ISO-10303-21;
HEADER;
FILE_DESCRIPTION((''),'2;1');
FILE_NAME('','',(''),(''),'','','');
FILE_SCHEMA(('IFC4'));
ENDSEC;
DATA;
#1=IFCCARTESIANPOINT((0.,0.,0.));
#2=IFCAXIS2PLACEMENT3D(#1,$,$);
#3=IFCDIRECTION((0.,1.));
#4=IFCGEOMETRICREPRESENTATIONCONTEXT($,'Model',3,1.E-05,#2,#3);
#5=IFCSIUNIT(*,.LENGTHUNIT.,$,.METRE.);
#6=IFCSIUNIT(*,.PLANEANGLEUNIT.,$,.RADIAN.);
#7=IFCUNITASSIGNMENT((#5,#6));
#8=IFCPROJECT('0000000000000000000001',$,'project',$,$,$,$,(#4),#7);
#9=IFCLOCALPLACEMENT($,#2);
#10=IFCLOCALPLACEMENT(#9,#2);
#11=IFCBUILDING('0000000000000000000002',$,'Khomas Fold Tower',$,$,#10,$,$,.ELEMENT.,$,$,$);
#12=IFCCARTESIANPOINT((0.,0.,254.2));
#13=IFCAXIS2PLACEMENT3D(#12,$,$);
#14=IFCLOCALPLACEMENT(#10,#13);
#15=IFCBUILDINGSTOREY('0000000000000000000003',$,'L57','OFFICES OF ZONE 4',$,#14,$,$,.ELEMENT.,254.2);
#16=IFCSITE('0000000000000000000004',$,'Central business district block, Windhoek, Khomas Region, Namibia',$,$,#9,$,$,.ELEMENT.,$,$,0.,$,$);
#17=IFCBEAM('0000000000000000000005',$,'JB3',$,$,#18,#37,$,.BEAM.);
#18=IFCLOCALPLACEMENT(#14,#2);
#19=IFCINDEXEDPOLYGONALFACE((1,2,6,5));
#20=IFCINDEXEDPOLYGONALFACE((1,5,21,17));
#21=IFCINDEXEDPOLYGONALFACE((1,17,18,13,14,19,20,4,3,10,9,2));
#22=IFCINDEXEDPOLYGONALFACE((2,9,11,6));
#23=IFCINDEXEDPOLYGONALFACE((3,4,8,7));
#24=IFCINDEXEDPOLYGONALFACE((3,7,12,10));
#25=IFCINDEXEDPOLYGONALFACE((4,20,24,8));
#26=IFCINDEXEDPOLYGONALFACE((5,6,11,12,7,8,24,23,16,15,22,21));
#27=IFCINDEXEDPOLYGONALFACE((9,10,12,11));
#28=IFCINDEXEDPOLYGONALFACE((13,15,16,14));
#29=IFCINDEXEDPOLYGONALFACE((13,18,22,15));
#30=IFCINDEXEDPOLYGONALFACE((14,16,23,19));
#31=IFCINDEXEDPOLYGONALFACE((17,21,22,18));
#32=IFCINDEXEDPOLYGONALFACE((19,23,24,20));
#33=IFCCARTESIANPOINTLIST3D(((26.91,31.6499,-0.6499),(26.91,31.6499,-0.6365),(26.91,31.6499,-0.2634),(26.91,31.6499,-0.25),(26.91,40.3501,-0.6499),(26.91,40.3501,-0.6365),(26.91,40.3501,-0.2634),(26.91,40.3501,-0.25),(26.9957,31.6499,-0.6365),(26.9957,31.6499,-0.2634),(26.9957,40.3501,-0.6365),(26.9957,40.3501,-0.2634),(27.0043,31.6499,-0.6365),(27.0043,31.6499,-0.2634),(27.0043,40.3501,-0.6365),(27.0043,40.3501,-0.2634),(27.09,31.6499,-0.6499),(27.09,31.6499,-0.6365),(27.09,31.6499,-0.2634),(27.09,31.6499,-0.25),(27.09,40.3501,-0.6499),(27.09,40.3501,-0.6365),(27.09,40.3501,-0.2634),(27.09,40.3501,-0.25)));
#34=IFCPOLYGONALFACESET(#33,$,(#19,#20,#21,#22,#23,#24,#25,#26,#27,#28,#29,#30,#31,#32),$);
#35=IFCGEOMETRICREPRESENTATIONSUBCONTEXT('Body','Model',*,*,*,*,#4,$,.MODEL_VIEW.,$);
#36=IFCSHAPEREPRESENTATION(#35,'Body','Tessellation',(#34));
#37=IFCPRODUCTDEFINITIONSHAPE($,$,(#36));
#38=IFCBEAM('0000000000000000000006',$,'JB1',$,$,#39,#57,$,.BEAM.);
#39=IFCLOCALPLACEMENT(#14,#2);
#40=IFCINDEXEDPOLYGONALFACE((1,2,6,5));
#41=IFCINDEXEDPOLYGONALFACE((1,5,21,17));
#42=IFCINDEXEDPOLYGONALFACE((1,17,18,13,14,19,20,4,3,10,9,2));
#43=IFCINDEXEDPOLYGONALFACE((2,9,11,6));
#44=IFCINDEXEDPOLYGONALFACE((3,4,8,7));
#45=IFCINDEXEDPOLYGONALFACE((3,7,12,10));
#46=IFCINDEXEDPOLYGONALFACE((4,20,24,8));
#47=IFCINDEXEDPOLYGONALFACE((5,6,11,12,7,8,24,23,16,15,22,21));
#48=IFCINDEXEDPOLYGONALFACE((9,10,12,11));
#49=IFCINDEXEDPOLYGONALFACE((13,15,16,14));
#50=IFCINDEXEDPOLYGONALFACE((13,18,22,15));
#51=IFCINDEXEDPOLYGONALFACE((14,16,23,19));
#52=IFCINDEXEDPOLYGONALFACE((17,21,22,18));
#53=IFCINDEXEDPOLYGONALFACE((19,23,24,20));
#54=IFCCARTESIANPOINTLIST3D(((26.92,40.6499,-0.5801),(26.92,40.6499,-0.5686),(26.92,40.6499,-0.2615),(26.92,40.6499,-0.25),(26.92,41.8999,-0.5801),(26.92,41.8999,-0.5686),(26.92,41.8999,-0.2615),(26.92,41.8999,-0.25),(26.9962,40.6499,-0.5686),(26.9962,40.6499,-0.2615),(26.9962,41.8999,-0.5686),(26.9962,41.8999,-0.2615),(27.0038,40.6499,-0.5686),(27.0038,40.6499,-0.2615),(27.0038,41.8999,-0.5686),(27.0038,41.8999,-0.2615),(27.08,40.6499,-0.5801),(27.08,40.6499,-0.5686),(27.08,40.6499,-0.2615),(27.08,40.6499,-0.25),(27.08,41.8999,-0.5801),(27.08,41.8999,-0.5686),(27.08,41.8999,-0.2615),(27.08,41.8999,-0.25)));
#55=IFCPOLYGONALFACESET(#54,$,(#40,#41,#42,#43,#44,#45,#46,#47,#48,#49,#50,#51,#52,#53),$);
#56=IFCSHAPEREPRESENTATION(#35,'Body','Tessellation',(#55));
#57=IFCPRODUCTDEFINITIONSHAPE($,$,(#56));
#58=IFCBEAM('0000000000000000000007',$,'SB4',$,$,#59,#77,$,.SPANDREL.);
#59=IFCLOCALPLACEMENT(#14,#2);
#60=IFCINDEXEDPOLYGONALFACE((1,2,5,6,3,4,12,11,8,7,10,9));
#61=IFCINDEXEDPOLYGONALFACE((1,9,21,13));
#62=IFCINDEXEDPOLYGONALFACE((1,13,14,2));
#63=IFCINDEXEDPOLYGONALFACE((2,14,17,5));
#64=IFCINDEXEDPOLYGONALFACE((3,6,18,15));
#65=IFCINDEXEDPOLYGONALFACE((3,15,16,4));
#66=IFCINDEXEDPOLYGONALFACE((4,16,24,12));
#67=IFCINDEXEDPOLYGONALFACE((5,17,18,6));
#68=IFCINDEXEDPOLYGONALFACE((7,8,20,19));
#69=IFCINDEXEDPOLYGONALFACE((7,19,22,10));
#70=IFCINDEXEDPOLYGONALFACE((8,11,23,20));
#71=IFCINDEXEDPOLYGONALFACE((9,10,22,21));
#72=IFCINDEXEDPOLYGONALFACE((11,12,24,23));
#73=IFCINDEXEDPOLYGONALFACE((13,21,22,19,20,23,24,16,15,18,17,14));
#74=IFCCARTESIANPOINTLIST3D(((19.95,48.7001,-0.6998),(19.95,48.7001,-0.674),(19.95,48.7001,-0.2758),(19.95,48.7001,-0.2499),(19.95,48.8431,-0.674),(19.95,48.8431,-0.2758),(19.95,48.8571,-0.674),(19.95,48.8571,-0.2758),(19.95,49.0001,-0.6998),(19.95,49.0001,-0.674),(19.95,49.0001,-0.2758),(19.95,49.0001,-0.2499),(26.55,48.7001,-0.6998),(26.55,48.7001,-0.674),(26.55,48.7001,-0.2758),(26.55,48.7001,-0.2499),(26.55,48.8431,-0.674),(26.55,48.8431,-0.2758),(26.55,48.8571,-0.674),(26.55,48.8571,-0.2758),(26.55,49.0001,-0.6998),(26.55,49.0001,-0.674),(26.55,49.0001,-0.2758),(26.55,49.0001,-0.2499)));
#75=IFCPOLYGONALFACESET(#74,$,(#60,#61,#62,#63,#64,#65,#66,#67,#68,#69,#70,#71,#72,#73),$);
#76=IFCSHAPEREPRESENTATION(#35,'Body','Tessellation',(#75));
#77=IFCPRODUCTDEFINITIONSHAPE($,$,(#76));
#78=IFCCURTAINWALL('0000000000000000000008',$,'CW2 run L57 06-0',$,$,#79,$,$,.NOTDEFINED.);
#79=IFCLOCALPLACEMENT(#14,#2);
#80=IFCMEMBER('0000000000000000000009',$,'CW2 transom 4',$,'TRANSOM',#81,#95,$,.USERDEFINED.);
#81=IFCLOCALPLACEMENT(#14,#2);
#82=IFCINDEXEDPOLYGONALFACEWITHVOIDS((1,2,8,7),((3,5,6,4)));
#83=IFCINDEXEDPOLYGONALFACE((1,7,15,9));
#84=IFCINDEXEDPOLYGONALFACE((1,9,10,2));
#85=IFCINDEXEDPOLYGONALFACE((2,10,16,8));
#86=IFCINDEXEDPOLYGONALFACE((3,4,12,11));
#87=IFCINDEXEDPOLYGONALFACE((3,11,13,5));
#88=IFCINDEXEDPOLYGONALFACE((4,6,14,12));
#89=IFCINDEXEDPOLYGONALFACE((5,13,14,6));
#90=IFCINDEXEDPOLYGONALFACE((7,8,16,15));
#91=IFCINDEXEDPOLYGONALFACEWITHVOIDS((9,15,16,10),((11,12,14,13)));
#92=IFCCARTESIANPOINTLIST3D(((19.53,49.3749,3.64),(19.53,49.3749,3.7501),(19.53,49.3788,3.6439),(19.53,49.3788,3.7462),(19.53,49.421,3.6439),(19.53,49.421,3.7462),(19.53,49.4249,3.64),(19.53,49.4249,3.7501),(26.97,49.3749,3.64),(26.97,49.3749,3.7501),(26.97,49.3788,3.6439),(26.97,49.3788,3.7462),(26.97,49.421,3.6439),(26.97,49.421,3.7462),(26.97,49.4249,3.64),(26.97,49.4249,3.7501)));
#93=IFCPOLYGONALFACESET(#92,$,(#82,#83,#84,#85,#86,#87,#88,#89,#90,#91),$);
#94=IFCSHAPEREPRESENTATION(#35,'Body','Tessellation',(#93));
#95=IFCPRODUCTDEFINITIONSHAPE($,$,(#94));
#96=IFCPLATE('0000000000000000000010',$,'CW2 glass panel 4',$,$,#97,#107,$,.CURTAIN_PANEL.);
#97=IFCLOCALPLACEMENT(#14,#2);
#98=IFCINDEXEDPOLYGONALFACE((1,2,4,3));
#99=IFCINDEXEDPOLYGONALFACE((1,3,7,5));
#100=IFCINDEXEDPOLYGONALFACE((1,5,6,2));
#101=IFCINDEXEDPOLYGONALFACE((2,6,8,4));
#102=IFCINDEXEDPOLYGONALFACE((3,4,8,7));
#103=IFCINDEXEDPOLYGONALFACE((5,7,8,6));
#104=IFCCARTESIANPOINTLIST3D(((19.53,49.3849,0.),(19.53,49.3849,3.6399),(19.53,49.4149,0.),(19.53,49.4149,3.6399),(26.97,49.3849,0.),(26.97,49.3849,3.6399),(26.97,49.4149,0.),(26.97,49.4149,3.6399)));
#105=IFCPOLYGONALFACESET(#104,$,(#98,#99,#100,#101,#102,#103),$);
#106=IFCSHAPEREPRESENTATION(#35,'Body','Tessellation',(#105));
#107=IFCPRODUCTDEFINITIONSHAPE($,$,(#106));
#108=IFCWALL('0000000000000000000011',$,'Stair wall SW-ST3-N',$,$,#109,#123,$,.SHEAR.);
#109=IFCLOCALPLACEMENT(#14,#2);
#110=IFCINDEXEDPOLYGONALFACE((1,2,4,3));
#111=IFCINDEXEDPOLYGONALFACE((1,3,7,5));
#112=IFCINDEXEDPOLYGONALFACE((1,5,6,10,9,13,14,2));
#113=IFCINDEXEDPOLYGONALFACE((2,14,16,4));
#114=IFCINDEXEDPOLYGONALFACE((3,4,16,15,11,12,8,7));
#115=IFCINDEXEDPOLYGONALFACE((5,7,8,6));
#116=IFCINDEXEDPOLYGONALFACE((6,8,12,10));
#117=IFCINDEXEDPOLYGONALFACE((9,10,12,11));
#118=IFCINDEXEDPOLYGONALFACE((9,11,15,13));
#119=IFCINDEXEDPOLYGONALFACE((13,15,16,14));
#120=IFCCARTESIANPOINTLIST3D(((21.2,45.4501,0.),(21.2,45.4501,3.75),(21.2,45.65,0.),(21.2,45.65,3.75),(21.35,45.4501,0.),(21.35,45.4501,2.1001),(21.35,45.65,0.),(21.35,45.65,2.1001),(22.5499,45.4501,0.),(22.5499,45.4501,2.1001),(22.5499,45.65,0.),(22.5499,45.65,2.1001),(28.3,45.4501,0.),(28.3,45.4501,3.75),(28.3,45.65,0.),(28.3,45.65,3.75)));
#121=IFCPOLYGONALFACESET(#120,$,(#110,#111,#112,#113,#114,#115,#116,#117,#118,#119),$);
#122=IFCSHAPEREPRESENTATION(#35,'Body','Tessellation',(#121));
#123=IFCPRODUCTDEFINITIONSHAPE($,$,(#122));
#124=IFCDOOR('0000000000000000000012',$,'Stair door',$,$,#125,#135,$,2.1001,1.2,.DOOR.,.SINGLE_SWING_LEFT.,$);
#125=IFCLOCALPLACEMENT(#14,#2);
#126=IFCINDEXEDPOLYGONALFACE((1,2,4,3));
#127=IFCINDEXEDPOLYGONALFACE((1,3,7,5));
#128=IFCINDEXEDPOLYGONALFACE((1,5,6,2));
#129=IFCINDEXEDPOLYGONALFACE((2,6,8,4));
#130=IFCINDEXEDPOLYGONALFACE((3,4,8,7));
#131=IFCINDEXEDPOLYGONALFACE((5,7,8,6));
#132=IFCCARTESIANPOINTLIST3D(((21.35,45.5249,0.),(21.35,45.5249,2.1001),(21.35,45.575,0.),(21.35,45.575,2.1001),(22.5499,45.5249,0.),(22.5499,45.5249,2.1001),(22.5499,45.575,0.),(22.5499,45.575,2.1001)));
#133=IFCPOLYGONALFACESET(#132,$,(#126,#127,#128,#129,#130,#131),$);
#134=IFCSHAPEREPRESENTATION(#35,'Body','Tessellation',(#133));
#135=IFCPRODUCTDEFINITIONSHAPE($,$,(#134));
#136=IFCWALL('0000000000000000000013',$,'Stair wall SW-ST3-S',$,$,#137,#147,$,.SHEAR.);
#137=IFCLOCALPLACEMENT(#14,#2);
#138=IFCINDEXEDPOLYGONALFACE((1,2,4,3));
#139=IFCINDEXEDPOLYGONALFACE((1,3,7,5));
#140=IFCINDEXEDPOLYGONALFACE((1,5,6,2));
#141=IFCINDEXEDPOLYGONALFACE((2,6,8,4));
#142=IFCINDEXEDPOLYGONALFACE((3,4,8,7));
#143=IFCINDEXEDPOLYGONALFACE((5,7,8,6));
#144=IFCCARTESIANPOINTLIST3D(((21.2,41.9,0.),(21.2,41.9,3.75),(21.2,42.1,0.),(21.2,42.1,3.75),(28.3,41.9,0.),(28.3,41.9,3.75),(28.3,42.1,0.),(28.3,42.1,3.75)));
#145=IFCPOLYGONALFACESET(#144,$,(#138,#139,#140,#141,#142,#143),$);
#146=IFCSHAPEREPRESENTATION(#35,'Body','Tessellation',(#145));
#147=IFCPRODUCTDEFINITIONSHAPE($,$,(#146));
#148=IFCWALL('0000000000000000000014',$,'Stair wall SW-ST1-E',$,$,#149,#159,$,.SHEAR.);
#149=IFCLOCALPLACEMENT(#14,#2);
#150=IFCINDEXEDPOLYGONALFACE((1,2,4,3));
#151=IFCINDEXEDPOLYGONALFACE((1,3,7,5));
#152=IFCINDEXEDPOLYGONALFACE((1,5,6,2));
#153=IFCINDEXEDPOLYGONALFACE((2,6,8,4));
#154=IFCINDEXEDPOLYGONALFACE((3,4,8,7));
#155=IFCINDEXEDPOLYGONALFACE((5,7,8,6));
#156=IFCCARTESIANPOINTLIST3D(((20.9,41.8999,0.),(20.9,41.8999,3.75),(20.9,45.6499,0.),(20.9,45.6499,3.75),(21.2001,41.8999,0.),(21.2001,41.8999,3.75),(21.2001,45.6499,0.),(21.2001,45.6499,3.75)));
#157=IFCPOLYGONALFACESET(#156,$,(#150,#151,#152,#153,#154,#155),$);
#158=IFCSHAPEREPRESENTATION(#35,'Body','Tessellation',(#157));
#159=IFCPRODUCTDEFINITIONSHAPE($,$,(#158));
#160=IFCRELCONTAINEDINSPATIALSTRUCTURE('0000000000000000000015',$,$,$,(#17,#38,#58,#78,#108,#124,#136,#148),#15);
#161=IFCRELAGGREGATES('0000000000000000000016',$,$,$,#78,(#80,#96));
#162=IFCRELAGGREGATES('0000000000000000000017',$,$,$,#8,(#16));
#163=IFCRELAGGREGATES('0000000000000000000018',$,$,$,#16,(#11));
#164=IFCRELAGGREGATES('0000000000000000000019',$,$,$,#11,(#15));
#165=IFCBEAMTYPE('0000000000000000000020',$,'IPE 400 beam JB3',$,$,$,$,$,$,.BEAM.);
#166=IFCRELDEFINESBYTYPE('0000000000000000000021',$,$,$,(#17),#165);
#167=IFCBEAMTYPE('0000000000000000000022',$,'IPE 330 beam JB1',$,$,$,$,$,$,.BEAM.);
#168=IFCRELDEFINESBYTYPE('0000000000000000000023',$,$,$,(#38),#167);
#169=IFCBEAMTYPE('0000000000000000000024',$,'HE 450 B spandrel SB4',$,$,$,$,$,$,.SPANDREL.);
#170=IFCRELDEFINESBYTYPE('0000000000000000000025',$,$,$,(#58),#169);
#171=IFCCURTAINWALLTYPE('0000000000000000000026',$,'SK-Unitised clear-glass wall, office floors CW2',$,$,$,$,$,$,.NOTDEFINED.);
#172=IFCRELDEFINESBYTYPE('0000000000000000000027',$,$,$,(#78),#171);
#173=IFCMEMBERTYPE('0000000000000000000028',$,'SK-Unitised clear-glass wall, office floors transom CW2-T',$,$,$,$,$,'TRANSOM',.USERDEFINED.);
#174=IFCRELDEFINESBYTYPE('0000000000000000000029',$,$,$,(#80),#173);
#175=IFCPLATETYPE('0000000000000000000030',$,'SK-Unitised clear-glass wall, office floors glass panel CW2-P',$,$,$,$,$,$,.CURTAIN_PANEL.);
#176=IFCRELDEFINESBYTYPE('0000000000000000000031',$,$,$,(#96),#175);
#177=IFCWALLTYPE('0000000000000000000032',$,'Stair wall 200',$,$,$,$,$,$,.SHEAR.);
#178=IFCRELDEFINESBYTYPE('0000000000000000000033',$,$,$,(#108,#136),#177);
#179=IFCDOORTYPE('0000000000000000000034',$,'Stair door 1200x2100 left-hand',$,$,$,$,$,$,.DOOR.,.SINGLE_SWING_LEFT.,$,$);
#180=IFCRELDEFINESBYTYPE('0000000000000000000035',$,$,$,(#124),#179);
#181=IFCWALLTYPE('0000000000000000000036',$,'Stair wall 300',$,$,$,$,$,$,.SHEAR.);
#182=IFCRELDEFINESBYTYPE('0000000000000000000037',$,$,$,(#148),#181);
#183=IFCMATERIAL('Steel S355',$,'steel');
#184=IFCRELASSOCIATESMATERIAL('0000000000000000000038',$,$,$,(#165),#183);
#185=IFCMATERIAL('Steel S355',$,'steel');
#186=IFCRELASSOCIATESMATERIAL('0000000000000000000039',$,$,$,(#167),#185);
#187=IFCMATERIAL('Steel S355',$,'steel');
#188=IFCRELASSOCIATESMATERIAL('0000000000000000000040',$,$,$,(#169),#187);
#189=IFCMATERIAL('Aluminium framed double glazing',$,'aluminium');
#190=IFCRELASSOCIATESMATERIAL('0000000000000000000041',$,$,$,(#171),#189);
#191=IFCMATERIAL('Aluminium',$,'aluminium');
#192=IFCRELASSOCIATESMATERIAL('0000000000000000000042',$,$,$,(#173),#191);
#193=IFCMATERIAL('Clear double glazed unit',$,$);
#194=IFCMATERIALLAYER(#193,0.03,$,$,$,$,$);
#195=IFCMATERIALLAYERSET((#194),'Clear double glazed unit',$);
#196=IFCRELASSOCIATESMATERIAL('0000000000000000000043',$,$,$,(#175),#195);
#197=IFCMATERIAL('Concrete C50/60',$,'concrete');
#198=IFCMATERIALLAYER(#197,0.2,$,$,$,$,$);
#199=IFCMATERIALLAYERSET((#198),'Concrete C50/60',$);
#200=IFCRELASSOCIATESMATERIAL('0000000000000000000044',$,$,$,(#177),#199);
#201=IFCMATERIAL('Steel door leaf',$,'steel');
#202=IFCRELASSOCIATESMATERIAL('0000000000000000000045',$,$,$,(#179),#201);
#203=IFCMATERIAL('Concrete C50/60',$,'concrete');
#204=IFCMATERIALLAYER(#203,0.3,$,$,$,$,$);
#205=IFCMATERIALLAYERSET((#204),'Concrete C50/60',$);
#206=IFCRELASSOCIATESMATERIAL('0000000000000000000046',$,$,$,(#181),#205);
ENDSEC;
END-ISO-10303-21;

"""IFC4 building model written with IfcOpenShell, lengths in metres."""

from ifc_helpers import new_model, si_unit, direction, frame, frame_2d, origin, origin_2d, place, context, subcontext, project, spatial, rectangle, hollow_rectangle, i_section, extrude, source, transform, mapped, material, layer, layer_set, material_profile, profile_set, type_object, element, fill, aggregate, save


model = new_model("IFC4")

# Units and contexts
model_context = context("Model", 3, precision=1e-05, world=origin(), true_north=direction((0.0, 1.0)))
body_context = subcontext(model_context, "Body", "Model", "MODEL_VIEW")
ifc_project = project(units=[si_unit("LENGTHUNIT", "METRE"), si_unit("PLANEANGLEUNIT", "RADIAN")], contexts=[model_context])

# Site, building, storey
site_placement = place(None, origin())
site = spatial("IfcSite", under=ifc_project, at=site_placement, Name="Central business district block, Windhoek, Khomas Region, Namibia", CompositionType="ELEMENT", RefElevation=0.0)
building_placement = place(site_placement, origin())
building = spatial("IfcBuilding", under=site, at=building_placement, Name="Khomas Fold Tower", CompositionType="ELEMENT")
storey_placement = place(building_placement, frame((0.0, 0.0, 254.2)))
storey = spatial("IfcBuildingStorey", under=building, at=storey_placement, Name="L57", Description="OFFICES OF ZONE 4", CompositionType="ELEMENT", Elevation=254.2)

# Beams
ifc_material_1 = material(Name="Steel S355", Category="steel")
ifc_material_profile_1 = material_profile(ifc_material_1, i_section(OverallWidth=0.1799, OverallDepth=0.3999, WebThickness=0.0085, FlangeThickness=0.0134, at=origin_2d()), Name="IPE 400")
ifc_profile_set_1 = profile_set([ifc_material_profile_1], Name="Steel S355")
beam_type_1 = type_object("IfcBeamType", Name="IPE 400 beam JB3", PredefinedType="BEAM", material=ifc_profile_set_1)
shared_shape_1 = source(origin(), body_context, "Body", "SweptSolid", [
    extrude(i_section(OverallWidth=0.1799, OverallDepth=0.3999, WebThickness=0.0085, FlangeThickness=0.0134, at=origin_2d()), origin(), (0.0, 0.0, 1.0), 8.7002),
])
beam_1_placement = place(storey_placement, frame((27.0, 31.6499, -0.45), z_axis=(0.0, 1.0, 0.0), x_axis=(-1.0, 0.0, 0.0)))
element("IfcBeam", 1, at=beam_1_placement, inside=storey, type_object=beam_type_1, Name="JB3", PredefinedType="BEAM", context=body_context, shape_type="MappedRepresentation", body=[
    mapped(shared_shape_1, transform((0.0, 0.0, 0.0))),
])
ifc_material_2 = material(Name="Steel S355", Category="steel")
ifc_material_profile_2 = material_profile(ifc_material_2, i_section(OverallWidth=0.1599, OverallDepth=0.3301, WebThickness=0.0076, FlangeThickness=0.0115, at=origin_2d()), Name="IPE 330")
ifc_profile_set_2 = profile_set([ifc_material_profile_2], Name="Steel S355")
beam_type_2 = type_object("IfcBeamType", Name="IPE 330 beam JB1", PredefinedType="BEAM", material=ifc_profile_set_2)
shared_shape_2 = source(origin(), body_context, "Body", "SweptSolid", [
    extrude(i_section(OverallWidth=0.1599, OverallDepth=0.3301, WebThickness=0.0076, FlangeThickness=0.0115, at=origin_2d()), origin(), (0.0, 0.0, 1.0), 1.25),
])
beam_2_placement = place(storey_placement, frame((27.0, 40.6499, -0.415), z_axis=(0.0, 1.0, 0.0), x_axis=(-1.0, 0.0, 0.0)))
element("IfcBeam", 2, at=beam_2_placement, inside=storey, type_object=beam_type_2, Name="JB1", PredefinedType="BEAM", context=body_context, shape_type="MappedRepresentation", body=[
    mapped(shared_shape_2, transform((0.0, 0.0, 0.0))),
])
ifc_material_3 = material(Name="Steel S355", Category="steel")
ifc_material_profile_3 = material_profile(ifc_material_3, i_section(OverallWidth=0.3, OverallDepth=0.45, WebThickness=0.0139, FlangeThickness=0.0259, at=origin_2d()), Name="HE 450 B")
ifc_profile_set_3 = profile_set([ifc_material_profile_3], Name="Steel S355")
beam_type_3 = type_object("IfcBeamType", Name="HE 450 B spandrel SB4", PredefinedType="SPANDREL", material=ifc_profile_set_3)
shared_shape_3 = source(origin(), body_context, "Body", "SweptSolid", [
    extrude(i_section(OverallWidth=0.3, OverallDepth=0.45, WebThickness=0.0139, FlangeThickness=0.0259, at=origin_2d()), origin(), (0.0, 0.0, 1.0), 6.6001),
])
beam_3_placement = place(storey_placement, frame((19.95, 48.8501, -0.4749), z_axis=(1.0, 0.0, 0.0), x_axis=(0.0, 1.0, 0.0)))
element("IfcBeam", 3, at=beam_3_placement, inside=storey, type_object=beam_type_3, Name="SB4", PredefinedType="SPANDREL", context=body_context, shape_type="MappedRepresentation", body=[
    mapped(shared_shape_3, transform((0.0, 0.0, 0.0))),
])

# Curtain wall, member, plate
ifc_material_4 = material(Name="Aluminium framed double glazing", Category="aluminium")
curtain_wall_type = type_object("IfcCurtainWallType", Name="SK-Unitised clear-glass wall, office floors CW2", PredefinedType="NOTDEFINED", material=ifc_material_4)
curtain_wall_placement = place(storey_placement, origin())
curtain_wall = element("IfcCurtainWall", 4, at=curtain_wall_placement, inside=storey, type_object=curtain_wall_type, Name="CW2 run L57 06-0", PredefinedType="NOTDEFINED")
ifc_material_5 = material(Name="Aluminium", Category="aluminium")
ifc_material_profile_4 = material_profile(ifc_material_5, hollow_rectangle(XDim=0.05, YDim=0.1101, WallThickness=0.0039, at=origin_2d()), Name="SK-Unitised clear-glass wall, office floors transom CW2-T")
ifc_profile_set_4 = profile_set([ifc_material_profile_4], Name="Aluminium")
member_type = type_object("IfcMemberType", Name="SK-Unitised clear-glass wall, office floors transom CW2-T", ElementType="TRANSOM", PredefinedType="USERDEFINED", material=ifc_profile_set_4)
shared_shape_4 = source(origin(), body_context, "Body", "SweptSolid", [
    extrude(hollow_rectangle(XDim=0.05, YDim=0.1101, WallThickness=0.0039, at=origin_2d()), origin(), (0.0, 0.0, 1.0), 7.4399),
])
member_placement = place(storey_placement, frame((26.97, 49.3999, 3.6951), z_axis=(-1.0, 0.0, 0.0), x_axis=(0.0, -1.0, 0.0)))
member = element("IfcMember", 5, at=member_placement, type_object=member_type, Name="CW2 transom 4", ObjectType="TRANSOM", PredefinedType="USERDEFINED", context=body_context, shape_type="MappedRepresentation", body=[
    mapped(shared_shape_4, transform((0.0, 0.0, 0.0))),
])
ifc_material_6 = material(Name="Clear double glazed unit")
ifc_layer_1 = layer(ifc_material_6, 0.03)
ifc_layer_set_1 = layer_set([ifc_layer_1], Name="Clear double glazed unit")
plate_type = type_object("IfcPlateType", Name="SK-Unitised clear-glass wall, office floors glass panel CW2-P", PredefinedType="CURTAIN_PANEL", material=ifc_layer_set_1)
shared_shape_5 = source(origin(), body_context, "Body", "SweptSolid", [
    extrude(rectangle(XDim=7.4399, YDim=0.03, at=origin_2d()), origin(), (0.0, 0.0, 1.0), 3.6399),
])
plate_placement = place(storey_placement, frame((23.25, 49.3999, 0.0), z_axis=(0.0, 0.0, 1.0), x_axis=(-1.0, 0.0, 0.0)))
plate = element("IfcPlate", 6, at=plate_placement, type_object=plate_type, Name="CW2 glass panel 4", PredefinedType="CURTAIN_PANEL", context=body_context, shape_type="MappedRepresentation", body=[
    mapped(shared_shape_5, transform((0.0, 0.0, 0.0))),
])
aggregate(curtain_wall, [member, plate])

# Wall, opening, door
ifc_material_7 = material(Name="Concrete C50/60", Category="concrete")
ifc_layer_2 = layer(ifc_material_7, 0.2)
ifc_layer_set_2 = layer_set([ifc_layer_2], Name="Concrete C50/60")
wall_type_1 = type_object("IfcWallType", Name="Stair wall 200", PredefinedType="SHEAR", material=ifc_layer_set_2)
shared_shape_6 = source(origin(), body_context, "Body", "SweptSolid", [
    extrude(rectangle(XDim=7.1001, YDim=0.2, at=frame_2d((3.55, 0.0))), origin(), (0.0, 0.0, 1.0), 3.75),
])
wall_1_placement = place(storey_placement, frame((21.2, 45.55, 0.0), z_axis=(0.0, 0.0, 1.0), x_axis=(1.0, 0.0, 0.0)))
wall_1 = element("IfcWall", 7, at=wall_1_placement, inside=storey, type_object=wall_type_1, Name="Stair wall SW-ST3-N", PredefinedType="SHEAR", context=body_context, shape_type="MappedRepresentation", body=[
    mapped(shared_shape_6, transform((0.0, 0.0, 0.0))),
])
shared_shape_7 = source(origin(), body_context, "Body", "SweptSolid", [
    extrude(rectangle(XDim=1.2, YDim=2.1001, at=frame_2d((0.6001, 1.05))), frame((0.0, 0.1099, 0.0), z_axis=(0.0, -1.0, 0.0), x_axis=(1.0, 0.0, 0.0)), (0.0, 0.0, 1.0), 0.22),
])
opening_1_placement = place(wall_1_placement, frame((0.1499, 0.0, 0.0)))
opening_1 = element("IfcOpeningElement", 8, at=opening_1_placement, cuts=wall_1, PredefinedType="OPENING", context=body_context, shape_type="MappedRepresentation", body=[
    mapped(shared_shape_7, transform((0.0, 0.0, 0.0))),
])
ifc_material_8 = material(Name="Steel door leaf", Category="steel")
door_type_1 = type_object("IfcDoorType", Name="Stair door 1200x2100 left-hand", OperationType="SINGLE_SWING_LEFT", PredefinedType="DOOR", material=ifc_material_8)
shared_shape_8 = source(origin(), body_context, "Body", "SweptSolid", [
    extrude(rectangle(XDim=1.2, YDim=2.1001, at=frame_2d((0.6001, 1.05))), frame((0.0, 0.0249, 0.0), z_axis=(0.0, -1.0, 0.0), x_axis=(1.0, 0.0, 0.0)), (0.0, 0.0, 1.0), 0.05),
])
door_1_placement = place(opening_1_placement, origin())
door_1 = element("IfcDoor", 9, at=door_1_placement, inside=storey, type_object=door_type_1, Name="Stair door", OperationType="SINGLE_SWING_LEFT", OverallHeight=2.1001, OverallWidth=1.2, PredefinedType="DOOR", context=body_context, shape_type="MappedRepresentation", body=[
    mapped(shared_shape_8, transform((0.0, 0.0, 0.0))),
])
fill(opening_1, door_1)

# Walls
wall_2_placement = place(storey_placement, frame((21.2, 42.0, 0.0), z_axis=(0.0, 0.0, 1.0), x_axis=(1.0, 0.0, 0.0)))
element("IfcWall", 10, at=wall_2_placement, inside=storey, type_object=wall_type_1, Name="Stair wall SW-ST3-S", PredefinedType="SHEAR", context=body_context, shape_type="MappedRepresentation", body=[
    mapped(shared_shape_6, transform((0.0, 0.0, 0.0))),
])
ifc_material_9 = material(Name="Concrete C50/60", Category="concrete")
ifc_layer_3 = layer(ifc_material_9, 0.3)
ifc_layer_set_3 = layer_set([ifc_layer_3], Name="Concrete C50/60")
wall_type_2 = type_object("IfcWallType", Name="Stair wall 300", PredefinedType="SHEAR", material=ifc_layer_set_3)
shared_shape_9 = source(origin(), body_context, "Body", "SweptSolid", [
    extrude(rectangle(XDim=3.75, YDim=0.3, at=frame_2d((1.875, 0.0))), origin(), (0.0, 0.0, 1.0), 3.75),
])
wall_3_placement = place(storey_placement, frame((21.05, 41.8999, 0.0), z_axis=(0.0, 0.0, 1.0), x_axis=(0.0, 1.0, 0.0)))
element("IfcWall", 11, at=wall_3_placement, inside=storey, type_object=wall_type_2, Name="Stair wall SW-ST1-E", PredefinedType="SHEAR", context=body_context, shape_type="MappedRepresentation", body=[
    mapped(shared_shape_9, transform((0.0, 0.0, 0.0))),
])

save(model, "model.ifc")
